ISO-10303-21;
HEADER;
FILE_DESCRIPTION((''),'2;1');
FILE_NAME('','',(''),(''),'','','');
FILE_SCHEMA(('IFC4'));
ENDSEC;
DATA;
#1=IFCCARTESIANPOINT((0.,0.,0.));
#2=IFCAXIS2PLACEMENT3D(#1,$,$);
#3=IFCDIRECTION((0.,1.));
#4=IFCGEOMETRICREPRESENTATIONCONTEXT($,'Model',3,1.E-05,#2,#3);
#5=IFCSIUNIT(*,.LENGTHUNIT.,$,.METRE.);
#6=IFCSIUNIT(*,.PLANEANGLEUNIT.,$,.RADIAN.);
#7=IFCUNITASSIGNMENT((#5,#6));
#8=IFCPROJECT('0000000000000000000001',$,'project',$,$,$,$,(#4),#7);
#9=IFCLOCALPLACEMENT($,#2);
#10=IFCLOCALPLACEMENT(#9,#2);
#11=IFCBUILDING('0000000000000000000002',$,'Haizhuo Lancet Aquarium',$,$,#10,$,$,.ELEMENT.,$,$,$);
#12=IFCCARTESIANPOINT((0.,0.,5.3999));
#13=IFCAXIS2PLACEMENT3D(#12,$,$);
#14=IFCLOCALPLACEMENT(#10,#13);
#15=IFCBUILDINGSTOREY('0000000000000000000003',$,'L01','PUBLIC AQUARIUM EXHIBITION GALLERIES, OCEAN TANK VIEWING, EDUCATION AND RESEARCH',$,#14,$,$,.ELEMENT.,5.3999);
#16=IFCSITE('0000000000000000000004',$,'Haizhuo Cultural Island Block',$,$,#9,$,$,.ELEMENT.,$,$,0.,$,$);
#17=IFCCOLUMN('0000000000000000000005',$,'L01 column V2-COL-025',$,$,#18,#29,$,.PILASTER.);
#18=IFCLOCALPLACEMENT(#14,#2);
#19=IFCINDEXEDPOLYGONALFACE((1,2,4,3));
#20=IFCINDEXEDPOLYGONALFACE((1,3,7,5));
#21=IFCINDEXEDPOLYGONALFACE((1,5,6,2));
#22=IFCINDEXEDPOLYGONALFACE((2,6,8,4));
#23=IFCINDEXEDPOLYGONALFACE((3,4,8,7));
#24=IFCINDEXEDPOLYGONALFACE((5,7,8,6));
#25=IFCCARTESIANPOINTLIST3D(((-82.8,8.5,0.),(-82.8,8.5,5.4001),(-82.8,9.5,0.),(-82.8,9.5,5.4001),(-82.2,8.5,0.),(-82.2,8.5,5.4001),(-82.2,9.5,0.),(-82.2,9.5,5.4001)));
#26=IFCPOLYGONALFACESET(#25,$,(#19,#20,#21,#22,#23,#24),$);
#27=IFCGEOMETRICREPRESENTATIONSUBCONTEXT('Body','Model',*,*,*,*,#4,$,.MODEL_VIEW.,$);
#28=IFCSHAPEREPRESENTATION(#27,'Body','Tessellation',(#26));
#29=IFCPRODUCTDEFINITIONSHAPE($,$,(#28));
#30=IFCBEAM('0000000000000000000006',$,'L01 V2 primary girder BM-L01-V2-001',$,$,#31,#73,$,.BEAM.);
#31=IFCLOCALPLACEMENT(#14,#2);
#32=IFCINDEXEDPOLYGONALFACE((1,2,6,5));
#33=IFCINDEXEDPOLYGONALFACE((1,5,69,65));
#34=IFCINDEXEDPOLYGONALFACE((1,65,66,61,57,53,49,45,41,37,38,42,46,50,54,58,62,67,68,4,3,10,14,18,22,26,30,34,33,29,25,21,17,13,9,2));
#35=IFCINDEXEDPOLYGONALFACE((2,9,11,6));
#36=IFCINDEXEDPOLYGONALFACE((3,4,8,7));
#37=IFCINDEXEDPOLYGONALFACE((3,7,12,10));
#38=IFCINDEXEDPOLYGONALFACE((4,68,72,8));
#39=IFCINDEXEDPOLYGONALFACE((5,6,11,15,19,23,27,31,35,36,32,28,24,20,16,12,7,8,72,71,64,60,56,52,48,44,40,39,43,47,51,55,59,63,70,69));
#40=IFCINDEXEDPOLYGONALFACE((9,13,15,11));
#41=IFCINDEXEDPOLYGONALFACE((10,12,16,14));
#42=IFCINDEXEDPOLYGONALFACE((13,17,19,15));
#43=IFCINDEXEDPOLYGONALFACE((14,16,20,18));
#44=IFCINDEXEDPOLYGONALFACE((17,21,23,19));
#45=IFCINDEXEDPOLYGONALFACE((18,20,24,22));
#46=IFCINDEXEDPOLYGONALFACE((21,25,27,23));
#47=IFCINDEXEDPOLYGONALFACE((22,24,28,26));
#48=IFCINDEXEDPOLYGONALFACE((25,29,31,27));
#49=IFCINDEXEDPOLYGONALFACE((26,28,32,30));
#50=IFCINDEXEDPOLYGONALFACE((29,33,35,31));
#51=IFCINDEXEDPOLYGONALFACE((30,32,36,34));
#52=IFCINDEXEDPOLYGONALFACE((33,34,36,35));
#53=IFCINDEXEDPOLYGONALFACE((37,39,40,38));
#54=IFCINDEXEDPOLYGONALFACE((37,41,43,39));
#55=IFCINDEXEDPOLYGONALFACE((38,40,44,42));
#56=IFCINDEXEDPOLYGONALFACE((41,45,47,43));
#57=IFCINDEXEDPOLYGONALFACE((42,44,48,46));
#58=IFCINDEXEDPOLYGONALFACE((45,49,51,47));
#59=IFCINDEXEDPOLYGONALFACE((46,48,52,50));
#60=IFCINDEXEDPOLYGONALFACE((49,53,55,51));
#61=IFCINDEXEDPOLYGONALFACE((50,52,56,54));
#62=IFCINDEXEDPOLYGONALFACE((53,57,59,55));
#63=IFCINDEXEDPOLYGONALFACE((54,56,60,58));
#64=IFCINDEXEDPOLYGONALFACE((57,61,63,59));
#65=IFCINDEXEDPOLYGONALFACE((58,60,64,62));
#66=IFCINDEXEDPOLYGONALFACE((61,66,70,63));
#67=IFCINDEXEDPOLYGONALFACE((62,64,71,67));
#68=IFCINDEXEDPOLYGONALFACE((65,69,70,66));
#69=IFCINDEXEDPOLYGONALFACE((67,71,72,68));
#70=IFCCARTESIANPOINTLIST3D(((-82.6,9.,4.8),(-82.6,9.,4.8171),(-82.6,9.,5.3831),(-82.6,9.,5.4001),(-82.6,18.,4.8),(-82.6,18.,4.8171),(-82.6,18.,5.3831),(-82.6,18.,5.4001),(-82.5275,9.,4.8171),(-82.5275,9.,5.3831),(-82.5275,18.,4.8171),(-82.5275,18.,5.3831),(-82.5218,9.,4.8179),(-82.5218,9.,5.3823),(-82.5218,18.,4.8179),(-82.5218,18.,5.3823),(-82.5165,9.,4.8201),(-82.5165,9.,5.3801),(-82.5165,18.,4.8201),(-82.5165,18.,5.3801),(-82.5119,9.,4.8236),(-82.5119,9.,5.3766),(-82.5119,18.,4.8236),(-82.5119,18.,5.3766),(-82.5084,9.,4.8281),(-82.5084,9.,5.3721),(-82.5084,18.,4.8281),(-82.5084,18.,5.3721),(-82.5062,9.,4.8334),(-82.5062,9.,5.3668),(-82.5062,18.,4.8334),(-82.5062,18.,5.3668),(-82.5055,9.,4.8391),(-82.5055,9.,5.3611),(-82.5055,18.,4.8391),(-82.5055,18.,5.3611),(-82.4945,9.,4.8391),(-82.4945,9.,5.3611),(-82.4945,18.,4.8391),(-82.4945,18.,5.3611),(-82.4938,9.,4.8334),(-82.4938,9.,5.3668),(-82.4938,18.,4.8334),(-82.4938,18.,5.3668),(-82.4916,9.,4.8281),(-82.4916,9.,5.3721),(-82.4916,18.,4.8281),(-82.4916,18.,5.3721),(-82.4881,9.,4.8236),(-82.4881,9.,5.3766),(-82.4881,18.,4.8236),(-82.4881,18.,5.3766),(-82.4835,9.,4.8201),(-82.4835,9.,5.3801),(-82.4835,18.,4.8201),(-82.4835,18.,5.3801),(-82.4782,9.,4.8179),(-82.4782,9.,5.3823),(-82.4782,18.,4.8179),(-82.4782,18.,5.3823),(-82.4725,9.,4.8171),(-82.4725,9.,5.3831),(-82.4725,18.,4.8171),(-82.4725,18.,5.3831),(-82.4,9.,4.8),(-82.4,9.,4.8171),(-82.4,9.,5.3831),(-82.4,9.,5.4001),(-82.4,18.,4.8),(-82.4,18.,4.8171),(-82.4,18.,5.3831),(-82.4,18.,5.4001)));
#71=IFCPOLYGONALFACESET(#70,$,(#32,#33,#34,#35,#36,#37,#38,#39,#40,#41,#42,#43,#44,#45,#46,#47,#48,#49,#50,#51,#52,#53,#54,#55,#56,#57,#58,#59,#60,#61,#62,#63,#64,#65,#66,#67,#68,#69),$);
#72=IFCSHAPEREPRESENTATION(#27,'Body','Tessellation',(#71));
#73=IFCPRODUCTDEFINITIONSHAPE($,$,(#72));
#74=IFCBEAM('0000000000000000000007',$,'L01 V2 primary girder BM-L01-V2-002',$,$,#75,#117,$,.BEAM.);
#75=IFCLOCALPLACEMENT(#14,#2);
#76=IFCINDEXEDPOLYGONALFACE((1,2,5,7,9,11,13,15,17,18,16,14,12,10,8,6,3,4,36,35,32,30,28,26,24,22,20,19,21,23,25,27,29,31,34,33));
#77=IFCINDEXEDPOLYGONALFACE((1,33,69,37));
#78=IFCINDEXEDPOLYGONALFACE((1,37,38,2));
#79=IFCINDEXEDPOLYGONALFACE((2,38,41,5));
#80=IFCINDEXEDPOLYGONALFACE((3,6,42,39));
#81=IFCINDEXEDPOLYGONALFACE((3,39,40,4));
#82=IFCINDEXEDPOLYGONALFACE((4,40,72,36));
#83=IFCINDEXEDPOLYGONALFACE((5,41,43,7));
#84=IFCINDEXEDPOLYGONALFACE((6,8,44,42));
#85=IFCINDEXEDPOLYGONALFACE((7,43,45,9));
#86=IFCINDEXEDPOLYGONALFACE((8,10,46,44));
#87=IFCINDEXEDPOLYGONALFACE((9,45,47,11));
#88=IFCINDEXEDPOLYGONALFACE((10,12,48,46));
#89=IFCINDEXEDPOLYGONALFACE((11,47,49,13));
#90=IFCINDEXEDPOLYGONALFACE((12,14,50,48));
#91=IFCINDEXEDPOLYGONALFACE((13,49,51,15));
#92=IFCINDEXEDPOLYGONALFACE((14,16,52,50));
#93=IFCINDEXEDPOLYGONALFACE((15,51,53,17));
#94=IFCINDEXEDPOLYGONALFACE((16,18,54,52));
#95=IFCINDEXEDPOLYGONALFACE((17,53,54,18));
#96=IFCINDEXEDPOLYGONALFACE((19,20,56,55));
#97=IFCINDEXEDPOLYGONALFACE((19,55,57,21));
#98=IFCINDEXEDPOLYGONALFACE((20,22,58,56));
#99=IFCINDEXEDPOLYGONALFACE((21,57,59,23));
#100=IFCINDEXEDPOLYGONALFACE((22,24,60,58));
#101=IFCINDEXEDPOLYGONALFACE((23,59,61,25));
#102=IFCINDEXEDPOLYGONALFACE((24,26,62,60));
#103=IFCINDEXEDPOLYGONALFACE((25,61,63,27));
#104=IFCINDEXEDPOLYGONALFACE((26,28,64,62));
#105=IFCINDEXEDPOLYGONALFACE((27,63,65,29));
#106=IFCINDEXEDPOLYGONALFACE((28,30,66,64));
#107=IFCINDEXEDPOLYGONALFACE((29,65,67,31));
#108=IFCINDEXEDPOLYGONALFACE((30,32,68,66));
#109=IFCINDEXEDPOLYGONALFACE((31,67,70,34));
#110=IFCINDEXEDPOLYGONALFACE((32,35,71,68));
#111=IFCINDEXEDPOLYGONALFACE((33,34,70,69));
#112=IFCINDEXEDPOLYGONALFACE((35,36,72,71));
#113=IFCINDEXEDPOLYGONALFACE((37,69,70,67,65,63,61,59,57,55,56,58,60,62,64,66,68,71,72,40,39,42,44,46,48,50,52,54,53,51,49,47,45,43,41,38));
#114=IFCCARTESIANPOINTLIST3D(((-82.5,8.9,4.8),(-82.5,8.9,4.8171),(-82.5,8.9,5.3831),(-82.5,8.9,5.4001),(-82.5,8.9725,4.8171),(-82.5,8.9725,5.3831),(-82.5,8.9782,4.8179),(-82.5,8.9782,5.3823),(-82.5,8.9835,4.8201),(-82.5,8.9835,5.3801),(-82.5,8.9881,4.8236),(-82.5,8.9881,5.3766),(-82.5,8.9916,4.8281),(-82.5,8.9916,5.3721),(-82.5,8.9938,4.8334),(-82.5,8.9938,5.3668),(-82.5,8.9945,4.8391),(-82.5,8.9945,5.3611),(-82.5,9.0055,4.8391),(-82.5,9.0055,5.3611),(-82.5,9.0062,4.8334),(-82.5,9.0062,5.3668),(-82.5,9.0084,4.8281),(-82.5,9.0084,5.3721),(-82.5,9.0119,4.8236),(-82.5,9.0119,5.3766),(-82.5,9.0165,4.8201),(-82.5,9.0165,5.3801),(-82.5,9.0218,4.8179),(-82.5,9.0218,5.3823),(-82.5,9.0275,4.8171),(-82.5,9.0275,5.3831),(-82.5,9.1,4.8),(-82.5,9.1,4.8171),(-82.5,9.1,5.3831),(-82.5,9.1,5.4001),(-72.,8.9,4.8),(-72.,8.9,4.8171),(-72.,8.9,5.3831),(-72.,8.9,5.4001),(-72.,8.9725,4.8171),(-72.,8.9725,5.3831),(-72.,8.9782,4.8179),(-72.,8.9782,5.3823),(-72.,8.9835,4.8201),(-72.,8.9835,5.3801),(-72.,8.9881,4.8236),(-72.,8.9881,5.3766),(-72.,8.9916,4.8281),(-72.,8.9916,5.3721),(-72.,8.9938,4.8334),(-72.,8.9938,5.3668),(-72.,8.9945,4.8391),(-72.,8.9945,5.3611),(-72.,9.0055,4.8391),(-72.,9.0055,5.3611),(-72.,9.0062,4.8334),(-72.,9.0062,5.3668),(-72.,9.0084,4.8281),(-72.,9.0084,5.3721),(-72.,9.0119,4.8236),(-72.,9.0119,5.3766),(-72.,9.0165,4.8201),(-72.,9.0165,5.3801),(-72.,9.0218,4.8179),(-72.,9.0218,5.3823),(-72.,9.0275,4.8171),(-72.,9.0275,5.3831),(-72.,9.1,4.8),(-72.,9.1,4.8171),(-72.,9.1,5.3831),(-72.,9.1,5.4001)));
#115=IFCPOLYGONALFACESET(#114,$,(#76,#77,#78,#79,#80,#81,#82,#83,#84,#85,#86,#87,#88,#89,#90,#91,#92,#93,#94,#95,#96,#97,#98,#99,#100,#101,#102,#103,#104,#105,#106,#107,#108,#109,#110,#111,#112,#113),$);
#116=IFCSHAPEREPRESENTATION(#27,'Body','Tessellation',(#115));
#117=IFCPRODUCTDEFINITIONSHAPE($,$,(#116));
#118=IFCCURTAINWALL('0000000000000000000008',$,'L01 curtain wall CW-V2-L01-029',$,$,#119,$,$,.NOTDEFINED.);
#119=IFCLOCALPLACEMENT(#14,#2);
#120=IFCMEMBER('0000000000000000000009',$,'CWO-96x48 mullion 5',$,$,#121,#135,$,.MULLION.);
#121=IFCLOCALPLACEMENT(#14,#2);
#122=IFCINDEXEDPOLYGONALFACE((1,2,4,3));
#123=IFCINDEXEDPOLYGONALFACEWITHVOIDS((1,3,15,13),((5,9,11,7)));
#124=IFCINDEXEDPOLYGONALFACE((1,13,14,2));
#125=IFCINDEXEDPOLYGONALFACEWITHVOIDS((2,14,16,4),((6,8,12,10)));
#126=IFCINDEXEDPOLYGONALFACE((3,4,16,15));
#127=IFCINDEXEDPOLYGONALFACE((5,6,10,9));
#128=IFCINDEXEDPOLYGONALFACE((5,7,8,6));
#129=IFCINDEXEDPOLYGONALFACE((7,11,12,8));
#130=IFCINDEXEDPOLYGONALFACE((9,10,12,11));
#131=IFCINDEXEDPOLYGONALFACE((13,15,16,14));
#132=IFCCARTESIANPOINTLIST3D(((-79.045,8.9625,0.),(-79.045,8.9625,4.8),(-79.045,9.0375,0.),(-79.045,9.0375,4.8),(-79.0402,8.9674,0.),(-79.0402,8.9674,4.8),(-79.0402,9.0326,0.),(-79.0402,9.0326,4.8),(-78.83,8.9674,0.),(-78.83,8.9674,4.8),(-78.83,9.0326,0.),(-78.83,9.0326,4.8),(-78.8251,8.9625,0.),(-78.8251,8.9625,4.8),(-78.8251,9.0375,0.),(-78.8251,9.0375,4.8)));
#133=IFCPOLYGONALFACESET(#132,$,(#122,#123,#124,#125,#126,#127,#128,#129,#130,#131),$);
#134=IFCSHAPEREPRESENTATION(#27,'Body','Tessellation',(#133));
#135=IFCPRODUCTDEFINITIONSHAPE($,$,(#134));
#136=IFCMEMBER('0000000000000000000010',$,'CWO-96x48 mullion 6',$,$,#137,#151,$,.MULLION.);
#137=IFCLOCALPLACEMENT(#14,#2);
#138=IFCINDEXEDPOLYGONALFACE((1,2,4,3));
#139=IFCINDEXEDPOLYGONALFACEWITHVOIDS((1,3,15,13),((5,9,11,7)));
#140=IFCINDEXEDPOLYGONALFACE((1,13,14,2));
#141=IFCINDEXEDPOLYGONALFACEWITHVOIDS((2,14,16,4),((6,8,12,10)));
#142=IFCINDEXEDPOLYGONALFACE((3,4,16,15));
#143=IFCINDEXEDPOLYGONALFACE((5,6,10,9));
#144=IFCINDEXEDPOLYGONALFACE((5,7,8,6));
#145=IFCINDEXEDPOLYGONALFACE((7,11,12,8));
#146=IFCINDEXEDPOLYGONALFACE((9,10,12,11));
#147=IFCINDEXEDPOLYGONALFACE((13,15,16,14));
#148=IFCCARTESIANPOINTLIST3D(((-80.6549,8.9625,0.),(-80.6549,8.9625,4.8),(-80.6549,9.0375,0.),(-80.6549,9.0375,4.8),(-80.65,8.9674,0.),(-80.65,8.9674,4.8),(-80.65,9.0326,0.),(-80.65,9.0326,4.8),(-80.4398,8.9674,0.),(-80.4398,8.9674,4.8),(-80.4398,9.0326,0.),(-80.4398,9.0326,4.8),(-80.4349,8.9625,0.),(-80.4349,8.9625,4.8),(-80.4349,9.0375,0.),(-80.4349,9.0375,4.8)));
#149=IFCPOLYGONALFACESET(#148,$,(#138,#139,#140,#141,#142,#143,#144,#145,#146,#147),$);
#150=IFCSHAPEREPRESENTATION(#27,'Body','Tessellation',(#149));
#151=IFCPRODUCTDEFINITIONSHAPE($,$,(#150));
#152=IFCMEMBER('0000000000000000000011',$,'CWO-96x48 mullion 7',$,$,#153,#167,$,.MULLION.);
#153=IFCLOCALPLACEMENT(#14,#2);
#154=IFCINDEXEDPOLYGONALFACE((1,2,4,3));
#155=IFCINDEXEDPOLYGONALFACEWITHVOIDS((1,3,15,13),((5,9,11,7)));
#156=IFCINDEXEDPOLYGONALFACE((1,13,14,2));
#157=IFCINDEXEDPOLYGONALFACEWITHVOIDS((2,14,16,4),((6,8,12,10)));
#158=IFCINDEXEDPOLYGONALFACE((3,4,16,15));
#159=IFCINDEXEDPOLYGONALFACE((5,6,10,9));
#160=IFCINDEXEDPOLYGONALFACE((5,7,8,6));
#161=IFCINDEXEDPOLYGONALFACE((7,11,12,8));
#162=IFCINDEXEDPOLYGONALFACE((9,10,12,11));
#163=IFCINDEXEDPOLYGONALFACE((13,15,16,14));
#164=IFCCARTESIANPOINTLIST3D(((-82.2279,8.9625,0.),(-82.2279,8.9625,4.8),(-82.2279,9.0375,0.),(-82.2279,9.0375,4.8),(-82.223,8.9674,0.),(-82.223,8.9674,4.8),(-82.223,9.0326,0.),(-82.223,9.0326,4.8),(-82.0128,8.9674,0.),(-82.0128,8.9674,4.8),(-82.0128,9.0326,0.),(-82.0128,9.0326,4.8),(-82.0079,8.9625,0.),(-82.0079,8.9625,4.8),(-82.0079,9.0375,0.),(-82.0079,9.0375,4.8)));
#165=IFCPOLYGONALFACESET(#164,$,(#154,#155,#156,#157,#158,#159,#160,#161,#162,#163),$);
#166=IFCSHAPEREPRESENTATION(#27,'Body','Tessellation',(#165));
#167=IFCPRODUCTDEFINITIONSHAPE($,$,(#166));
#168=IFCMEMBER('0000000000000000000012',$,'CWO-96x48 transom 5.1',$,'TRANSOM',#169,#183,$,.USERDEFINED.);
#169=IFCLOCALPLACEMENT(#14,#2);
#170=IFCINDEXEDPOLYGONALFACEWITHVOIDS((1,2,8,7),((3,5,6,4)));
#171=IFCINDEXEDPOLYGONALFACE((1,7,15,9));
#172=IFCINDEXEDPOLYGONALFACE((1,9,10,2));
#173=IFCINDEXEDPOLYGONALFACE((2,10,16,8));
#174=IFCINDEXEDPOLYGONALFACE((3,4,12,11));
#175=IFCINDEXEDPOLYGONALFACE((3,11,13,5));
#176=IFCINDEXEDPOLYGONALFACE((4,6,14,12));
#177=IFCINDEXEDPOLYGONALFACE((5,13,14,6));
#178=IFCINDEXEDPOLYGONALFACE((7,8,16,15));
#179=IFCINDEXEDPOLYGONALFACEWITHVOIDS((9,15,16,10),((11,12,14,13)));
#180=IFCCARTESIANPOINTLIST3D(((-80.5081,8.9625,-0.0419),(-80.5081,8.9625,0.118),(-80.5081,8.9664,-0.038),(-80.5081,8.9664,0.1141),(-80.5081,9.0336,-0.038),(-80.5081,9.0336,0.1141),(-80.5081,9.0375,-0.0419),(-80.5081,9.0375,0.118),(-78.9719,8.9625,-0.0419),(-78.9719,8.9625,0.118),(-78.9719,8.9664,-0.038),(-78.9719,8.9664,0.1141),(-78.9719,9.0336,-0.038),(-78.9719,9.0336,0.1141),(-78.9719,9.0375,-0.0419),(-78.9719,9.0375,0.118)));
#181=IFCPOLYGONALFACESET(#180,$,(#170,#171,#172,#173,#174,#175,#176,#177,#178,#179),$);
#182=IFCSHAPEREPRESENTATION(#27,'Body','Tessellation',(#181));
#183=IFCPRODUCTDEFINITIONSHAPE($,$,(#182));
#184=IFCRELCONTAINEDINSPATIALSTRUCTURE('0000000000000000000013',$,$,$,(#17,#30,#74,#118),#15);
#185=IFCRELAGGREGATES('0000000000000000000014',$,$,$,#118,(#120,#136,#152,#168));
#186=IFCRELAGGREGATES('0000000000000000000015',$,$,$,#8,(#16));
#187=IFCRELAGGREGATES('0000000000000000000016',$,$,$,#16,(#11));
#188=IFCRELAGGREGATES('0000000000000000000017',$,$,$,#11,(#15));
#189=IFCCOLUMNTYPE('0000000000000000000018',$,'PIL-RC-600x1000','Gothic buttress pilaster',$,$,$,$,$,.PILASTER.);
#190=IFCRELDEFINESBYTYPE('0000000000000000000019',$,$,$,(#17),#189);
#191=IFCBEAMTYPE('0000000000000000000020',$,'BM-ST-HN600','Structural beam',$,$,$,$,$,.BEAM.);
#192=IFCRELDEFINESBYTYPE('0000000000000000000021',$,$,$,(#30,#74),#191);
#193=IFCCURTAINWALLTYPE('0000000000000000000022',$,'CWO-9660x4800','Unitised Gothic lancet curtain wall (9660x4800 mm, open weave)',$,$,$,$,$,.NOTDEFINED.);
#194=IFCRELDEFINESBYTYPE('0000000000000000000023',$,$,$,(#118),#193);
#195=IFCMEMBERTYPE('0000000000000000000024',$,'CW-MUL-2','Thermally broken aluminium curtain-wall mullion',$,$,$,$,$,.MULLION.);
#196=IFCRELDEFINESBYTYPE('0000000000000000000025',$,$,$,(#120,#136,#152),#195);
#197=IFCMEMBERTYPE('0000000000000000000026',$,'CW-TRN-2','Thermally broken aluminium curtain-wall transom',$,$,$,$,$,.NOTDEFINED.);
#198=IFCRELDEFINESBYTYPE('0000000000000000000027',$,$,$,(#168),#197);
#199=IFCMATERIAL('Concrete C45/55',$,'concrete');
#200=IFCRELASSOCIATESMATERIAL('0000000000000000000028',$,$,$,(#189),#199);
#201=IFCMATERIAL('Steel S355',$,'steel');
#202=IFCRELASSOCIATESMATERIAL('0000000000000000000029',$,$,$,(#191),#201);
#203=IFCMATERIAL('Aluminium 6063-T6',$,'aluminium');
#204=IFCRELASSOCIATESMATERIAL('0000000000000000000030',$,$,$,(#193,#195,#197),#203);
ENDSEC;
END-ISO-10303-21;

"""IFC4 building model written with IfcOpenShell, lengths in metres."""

from ifc_helpers import new_model, si_unit, direction, frame, origin, origin_2d, place, context, subcontext, project, spatial, rectangle, hollow_rectangle, i_section, extrude, material, material_profile, profile_set, type_object, element, aggregate, save


model = new_model("IFC4")

# Units and contexts
model_context = context("Model", 3, precision=1e-05, world=origin(), true_north=direction((0.0, 1.0)))
body_context = subcontext(model_context, "Body", "Model", "MODEL_VIEW")
ifc_project = project(units=[si_unit("LENGTHUNIT", "METRE"), si_unit("PLANEANGLEUNIT", "RADIAN")], contexts=[model_context])

# Site, building, storey
site_placement = place(None, origin())
site = spatial("IfcSite", under=ifc_project, at=site_placement, Name="Haizhuo Cultural Island Block", CompositionType="ELEMENT", RefElevation=0.0)
building_placement = place(site_placement, origin())
building = spatial("IfcBuilding", under=site, at=building_placement, Name="Haizhuo Lancet Aquarium", CompositionType="ELEMENT")
storey_placement = place(building_placement, frame((0.0, 0.0, 5.3999)))
storey = spatial("IfcBuildingStorey", under=building, at=storey_placement, Name="L01", Description="PUBLIC AQUARIUM EXHIBITION GALLERIES, OCEAN TANK VIEWING, EDUCATION AND RESEARCH", CompositionType="ELEMENT", Elevation=5.3999)

# Column
ifc_material_1 = material(Name="Concrete C45/55", Category="concrete")
ifc_material_profile_1 = material_profile(ifc_material_1, rectangle(XDim=0.6001, YDim=1.0, at=origin_2d()), Name="RC-PIL 600x1000")
ifc_profile_set_1 = profile_set([ifc_material_profile_1], Name="Concrete C45/55")
column_type = type_object("IfcColumnType", Name="PIL-RC-600x1000", Description="Gothic buttress pilaster", PredefinedType="PILASTER", material=ifc_profile_set_1)
column_placement = place(storey_placement, frame((-82.5, 9.0, 0.0), z_axis=(0.0, 0.0, 1.0), x_axis=(1.0, 0.0, 0.0)))
element("IfcColumn", 1, at=column_placement, inside=storey, type_object=column_type, Name="L01 column V2-COL-025", PredefinedType="PILASTER", context=body_context, shape_type="SweptSolid", body=[
    extrude(rectangle(XDim=0.6001, YDim=1.0, at=origin_2d()), origin(), (0.0, 0.0, 1.0), 5.4001),
])

# Beams
ifc_material_2 = material(Name="Steel S355", Category="steel")
ifc_material_profile_2 = material_profile(ifc_material_2, i_section(OverallWidth=0.2, OverallDepth=0.6001, WebThickness=0.011, FlangeThickness=0.0171, FilletRadius=0.022, at=origin_2d()), Name="HN 600x200x11x17")
ifc_profile_set_2 = profile_set([ifc_material_profile_2], Name="Steel S355")
beam_type = type_object("IfcBeamType", Name="BM-ST-HN600", Description="Structural beam", PredefinedType="BEAM", material=ifc_profile_set_2)
beam_1_placement = place(storey_placement, frame((-82.5, 9.0, 5.1001), z_axis=(0.0, 1.0, 0.0), x_axis=(-1.0, 0.0, 0.0)))
element("IfcBeam", 2, at=beam_1_placement, inside=storey, type_object=beam_type, Name="L01 V2 primary girder BM-L01-V2-001", PredefinedType="BEAM", context=body_context, shape_type="SweptSolid", body=[
    extrude(i_section(OverallWidth=0.2, OverallDepth=0.6001, WebThickness=0.011, FlangeThickness=0.0171, FilletRadius=0.022, at=origin_2d()), origin(), (0.0, 0.0, 1.0), 9.0),
])
beam_2_placement = place(storey_placement, frame((-82.5, 9.0, 5.1001), z_axis=(1.0, 0.0, 0.0), x_axis=(0.0, 1.0, 0.0)))
element("IfcBeam", 3, at=beam_2_placement, inside=storey, type_object=beam_type, Name="L01 V2 primary girder BM-L01-V2-002", PredefinedType="BEAM", context=body_context, shape_type="SweptSolid", body=[
    extrude(i_section(OverallWidth=0.2, OverallDepth=0.6001, WebThickness=0.011, FlangeThickness=0.0171, FilletRadius=0.022, at=origin_2d()), origin(), (0.0, 0.0, 1.0), 10.5),
])

# Curtain wall, members
ifc_material_3 = material(Name="Aluminium 6063-T6", Category="aluminium")
curtain_wall_type = type_object("IfcCurtainWallType", Name="CWO-9660x4800", Description="Unitised Gothic lancet curtain wall (9660x4800 mm, open weave)", PredefinedType="NOTDEFINED", material=ifc_material_3)
curtain_wall_placement = place(storey_placement, origin())
curtain_wall = element("IfcCurtainWall", 4, at=curtain_wall_placement, inside=storey, type_object=curtain_wall_type, Name="L01 curtain wall CW-V2-L01-029", PredefinedType="NOTDEFINED")
ifc_material_profile_3 = material_profile(ifc_material_3, hollow_rectangle(XDim=0.075, YDim=0.22, WallThickness=0.0049, at=origin_2d()), Name="ALU-M 75x220x5")
ifc_profile_set_3 = profile_set([ifc_material_profile_3], Name="Aluminium 6063-T6")
member_type_1 = type_object("IfcMemberType", Name="CW-MUL-2", Description="Thermally broken aluminium curtain-wall mullion", PredefinedType="MULLION", material=ifc_profile_set_3)
member_1_placement = place(storey_placement, frame((-78.9351, 9.0, 0.0), z_axis=(0.0, 0.0, 1.0), x_axis=(0.0, -1.0, 0.0)))
member_1 = element("IfcMember", 5, at=member_1_placement, type_object=member_type_1, Name="CWO-96x48 mullion 5", PredefinedType="MULLION", context=body_context, shape_type="SweptSolid", body=[
    extrude(hollow_rectangle(XDim=0.075, YDim=0.22, WallThickness=0.0049, at=origin_2d()), origin(), (0.0, 0.0, 1.0), 4.8),
])
member_2_placement = place(storey_placement, frame((-80.5449, 9.0, 0.0), z_axis=(0.0, 0.0, 1.0), x_axis=(0.0, -1.0, 0.0)))
member_2 = element("IfcMember", 6, at=member_2_placement, type_object=member_type_1, Name="CWO-96x48 mullion 6", PredefinedType="MULLION", context=body_context, shape_type="SweptSolid", body=[
    extrude(hollow_rectangle(XDim=0.075, YDim=0.22, WallThickness=0.0049, at=origin_2d()), origin(), (0.0, 0.0, 1.0), 4.8),
])
member_3_placement = place(storey_placement, frame((-82.1179, 9.0, 0.0), z_axis=(0.0, 0.0, 1.0), x_axis=(0.0, -1.0, 0.0)))
member_3 = element("IfcMember", 7, at=member_3_placement, type_object=member_type_1, Name="CWO-96x48 mullion 7", PredefinedType="MULLION", context=body_context, shape_type="SweptSolid", body=[
    extrude(hollow_rectangle(XDim=0.075, YDim=0.22, WallThickness=0.0049, at=origin_2d()), origin(), (0.0, 0.0, 1.0), 4.8),
])
ifc_material_profile_4 = material_profile(ifc_material_3, hollow_rectangle(XDim=0.075, YDim=0.1599, WallThickness=0.0039, at=origin_2d()), Name="ALU-T 75x160x4")
ifc_profile_set_4 = profile_set([ifc_material_profile_4], Name="Aluminium 6063-T6")
member_type_2 = type_object("IfcMemberType", Name="CW-TRN-2", Description="Thermally broken aluminium curtain-wall transom", PredefinedType="NOTDEFINED", material=ifc_profile_set_4)
member_4_placement = place(storey_placement, frame((-78.9719, 9.0, 0.0381), z_axis=(-1.0, 0.0, 0.0), x_axis=(0.0, -1.0, 0.0)))
member_4 = element("IfcMember", 8, at=member_4_placement, type_object=member_type_2, Name="CWO-96x48 transom 5.1", ObjectType="TRANSOM", PredefinedType="USERDEFINED", context=body_context, shape_type="SweptSolid", body=[
    extrude(hollow_rectangle(XDim=0.075, YDim=0.1599, WallThickness=0.0039, at=origin_2d()), origin(), (0.0, 0.0, 1.0), 1.5361),
])

aggregate(curtain_wall, [member_1, member_2, member_3, member_4])

save(model, "model.ifc")
